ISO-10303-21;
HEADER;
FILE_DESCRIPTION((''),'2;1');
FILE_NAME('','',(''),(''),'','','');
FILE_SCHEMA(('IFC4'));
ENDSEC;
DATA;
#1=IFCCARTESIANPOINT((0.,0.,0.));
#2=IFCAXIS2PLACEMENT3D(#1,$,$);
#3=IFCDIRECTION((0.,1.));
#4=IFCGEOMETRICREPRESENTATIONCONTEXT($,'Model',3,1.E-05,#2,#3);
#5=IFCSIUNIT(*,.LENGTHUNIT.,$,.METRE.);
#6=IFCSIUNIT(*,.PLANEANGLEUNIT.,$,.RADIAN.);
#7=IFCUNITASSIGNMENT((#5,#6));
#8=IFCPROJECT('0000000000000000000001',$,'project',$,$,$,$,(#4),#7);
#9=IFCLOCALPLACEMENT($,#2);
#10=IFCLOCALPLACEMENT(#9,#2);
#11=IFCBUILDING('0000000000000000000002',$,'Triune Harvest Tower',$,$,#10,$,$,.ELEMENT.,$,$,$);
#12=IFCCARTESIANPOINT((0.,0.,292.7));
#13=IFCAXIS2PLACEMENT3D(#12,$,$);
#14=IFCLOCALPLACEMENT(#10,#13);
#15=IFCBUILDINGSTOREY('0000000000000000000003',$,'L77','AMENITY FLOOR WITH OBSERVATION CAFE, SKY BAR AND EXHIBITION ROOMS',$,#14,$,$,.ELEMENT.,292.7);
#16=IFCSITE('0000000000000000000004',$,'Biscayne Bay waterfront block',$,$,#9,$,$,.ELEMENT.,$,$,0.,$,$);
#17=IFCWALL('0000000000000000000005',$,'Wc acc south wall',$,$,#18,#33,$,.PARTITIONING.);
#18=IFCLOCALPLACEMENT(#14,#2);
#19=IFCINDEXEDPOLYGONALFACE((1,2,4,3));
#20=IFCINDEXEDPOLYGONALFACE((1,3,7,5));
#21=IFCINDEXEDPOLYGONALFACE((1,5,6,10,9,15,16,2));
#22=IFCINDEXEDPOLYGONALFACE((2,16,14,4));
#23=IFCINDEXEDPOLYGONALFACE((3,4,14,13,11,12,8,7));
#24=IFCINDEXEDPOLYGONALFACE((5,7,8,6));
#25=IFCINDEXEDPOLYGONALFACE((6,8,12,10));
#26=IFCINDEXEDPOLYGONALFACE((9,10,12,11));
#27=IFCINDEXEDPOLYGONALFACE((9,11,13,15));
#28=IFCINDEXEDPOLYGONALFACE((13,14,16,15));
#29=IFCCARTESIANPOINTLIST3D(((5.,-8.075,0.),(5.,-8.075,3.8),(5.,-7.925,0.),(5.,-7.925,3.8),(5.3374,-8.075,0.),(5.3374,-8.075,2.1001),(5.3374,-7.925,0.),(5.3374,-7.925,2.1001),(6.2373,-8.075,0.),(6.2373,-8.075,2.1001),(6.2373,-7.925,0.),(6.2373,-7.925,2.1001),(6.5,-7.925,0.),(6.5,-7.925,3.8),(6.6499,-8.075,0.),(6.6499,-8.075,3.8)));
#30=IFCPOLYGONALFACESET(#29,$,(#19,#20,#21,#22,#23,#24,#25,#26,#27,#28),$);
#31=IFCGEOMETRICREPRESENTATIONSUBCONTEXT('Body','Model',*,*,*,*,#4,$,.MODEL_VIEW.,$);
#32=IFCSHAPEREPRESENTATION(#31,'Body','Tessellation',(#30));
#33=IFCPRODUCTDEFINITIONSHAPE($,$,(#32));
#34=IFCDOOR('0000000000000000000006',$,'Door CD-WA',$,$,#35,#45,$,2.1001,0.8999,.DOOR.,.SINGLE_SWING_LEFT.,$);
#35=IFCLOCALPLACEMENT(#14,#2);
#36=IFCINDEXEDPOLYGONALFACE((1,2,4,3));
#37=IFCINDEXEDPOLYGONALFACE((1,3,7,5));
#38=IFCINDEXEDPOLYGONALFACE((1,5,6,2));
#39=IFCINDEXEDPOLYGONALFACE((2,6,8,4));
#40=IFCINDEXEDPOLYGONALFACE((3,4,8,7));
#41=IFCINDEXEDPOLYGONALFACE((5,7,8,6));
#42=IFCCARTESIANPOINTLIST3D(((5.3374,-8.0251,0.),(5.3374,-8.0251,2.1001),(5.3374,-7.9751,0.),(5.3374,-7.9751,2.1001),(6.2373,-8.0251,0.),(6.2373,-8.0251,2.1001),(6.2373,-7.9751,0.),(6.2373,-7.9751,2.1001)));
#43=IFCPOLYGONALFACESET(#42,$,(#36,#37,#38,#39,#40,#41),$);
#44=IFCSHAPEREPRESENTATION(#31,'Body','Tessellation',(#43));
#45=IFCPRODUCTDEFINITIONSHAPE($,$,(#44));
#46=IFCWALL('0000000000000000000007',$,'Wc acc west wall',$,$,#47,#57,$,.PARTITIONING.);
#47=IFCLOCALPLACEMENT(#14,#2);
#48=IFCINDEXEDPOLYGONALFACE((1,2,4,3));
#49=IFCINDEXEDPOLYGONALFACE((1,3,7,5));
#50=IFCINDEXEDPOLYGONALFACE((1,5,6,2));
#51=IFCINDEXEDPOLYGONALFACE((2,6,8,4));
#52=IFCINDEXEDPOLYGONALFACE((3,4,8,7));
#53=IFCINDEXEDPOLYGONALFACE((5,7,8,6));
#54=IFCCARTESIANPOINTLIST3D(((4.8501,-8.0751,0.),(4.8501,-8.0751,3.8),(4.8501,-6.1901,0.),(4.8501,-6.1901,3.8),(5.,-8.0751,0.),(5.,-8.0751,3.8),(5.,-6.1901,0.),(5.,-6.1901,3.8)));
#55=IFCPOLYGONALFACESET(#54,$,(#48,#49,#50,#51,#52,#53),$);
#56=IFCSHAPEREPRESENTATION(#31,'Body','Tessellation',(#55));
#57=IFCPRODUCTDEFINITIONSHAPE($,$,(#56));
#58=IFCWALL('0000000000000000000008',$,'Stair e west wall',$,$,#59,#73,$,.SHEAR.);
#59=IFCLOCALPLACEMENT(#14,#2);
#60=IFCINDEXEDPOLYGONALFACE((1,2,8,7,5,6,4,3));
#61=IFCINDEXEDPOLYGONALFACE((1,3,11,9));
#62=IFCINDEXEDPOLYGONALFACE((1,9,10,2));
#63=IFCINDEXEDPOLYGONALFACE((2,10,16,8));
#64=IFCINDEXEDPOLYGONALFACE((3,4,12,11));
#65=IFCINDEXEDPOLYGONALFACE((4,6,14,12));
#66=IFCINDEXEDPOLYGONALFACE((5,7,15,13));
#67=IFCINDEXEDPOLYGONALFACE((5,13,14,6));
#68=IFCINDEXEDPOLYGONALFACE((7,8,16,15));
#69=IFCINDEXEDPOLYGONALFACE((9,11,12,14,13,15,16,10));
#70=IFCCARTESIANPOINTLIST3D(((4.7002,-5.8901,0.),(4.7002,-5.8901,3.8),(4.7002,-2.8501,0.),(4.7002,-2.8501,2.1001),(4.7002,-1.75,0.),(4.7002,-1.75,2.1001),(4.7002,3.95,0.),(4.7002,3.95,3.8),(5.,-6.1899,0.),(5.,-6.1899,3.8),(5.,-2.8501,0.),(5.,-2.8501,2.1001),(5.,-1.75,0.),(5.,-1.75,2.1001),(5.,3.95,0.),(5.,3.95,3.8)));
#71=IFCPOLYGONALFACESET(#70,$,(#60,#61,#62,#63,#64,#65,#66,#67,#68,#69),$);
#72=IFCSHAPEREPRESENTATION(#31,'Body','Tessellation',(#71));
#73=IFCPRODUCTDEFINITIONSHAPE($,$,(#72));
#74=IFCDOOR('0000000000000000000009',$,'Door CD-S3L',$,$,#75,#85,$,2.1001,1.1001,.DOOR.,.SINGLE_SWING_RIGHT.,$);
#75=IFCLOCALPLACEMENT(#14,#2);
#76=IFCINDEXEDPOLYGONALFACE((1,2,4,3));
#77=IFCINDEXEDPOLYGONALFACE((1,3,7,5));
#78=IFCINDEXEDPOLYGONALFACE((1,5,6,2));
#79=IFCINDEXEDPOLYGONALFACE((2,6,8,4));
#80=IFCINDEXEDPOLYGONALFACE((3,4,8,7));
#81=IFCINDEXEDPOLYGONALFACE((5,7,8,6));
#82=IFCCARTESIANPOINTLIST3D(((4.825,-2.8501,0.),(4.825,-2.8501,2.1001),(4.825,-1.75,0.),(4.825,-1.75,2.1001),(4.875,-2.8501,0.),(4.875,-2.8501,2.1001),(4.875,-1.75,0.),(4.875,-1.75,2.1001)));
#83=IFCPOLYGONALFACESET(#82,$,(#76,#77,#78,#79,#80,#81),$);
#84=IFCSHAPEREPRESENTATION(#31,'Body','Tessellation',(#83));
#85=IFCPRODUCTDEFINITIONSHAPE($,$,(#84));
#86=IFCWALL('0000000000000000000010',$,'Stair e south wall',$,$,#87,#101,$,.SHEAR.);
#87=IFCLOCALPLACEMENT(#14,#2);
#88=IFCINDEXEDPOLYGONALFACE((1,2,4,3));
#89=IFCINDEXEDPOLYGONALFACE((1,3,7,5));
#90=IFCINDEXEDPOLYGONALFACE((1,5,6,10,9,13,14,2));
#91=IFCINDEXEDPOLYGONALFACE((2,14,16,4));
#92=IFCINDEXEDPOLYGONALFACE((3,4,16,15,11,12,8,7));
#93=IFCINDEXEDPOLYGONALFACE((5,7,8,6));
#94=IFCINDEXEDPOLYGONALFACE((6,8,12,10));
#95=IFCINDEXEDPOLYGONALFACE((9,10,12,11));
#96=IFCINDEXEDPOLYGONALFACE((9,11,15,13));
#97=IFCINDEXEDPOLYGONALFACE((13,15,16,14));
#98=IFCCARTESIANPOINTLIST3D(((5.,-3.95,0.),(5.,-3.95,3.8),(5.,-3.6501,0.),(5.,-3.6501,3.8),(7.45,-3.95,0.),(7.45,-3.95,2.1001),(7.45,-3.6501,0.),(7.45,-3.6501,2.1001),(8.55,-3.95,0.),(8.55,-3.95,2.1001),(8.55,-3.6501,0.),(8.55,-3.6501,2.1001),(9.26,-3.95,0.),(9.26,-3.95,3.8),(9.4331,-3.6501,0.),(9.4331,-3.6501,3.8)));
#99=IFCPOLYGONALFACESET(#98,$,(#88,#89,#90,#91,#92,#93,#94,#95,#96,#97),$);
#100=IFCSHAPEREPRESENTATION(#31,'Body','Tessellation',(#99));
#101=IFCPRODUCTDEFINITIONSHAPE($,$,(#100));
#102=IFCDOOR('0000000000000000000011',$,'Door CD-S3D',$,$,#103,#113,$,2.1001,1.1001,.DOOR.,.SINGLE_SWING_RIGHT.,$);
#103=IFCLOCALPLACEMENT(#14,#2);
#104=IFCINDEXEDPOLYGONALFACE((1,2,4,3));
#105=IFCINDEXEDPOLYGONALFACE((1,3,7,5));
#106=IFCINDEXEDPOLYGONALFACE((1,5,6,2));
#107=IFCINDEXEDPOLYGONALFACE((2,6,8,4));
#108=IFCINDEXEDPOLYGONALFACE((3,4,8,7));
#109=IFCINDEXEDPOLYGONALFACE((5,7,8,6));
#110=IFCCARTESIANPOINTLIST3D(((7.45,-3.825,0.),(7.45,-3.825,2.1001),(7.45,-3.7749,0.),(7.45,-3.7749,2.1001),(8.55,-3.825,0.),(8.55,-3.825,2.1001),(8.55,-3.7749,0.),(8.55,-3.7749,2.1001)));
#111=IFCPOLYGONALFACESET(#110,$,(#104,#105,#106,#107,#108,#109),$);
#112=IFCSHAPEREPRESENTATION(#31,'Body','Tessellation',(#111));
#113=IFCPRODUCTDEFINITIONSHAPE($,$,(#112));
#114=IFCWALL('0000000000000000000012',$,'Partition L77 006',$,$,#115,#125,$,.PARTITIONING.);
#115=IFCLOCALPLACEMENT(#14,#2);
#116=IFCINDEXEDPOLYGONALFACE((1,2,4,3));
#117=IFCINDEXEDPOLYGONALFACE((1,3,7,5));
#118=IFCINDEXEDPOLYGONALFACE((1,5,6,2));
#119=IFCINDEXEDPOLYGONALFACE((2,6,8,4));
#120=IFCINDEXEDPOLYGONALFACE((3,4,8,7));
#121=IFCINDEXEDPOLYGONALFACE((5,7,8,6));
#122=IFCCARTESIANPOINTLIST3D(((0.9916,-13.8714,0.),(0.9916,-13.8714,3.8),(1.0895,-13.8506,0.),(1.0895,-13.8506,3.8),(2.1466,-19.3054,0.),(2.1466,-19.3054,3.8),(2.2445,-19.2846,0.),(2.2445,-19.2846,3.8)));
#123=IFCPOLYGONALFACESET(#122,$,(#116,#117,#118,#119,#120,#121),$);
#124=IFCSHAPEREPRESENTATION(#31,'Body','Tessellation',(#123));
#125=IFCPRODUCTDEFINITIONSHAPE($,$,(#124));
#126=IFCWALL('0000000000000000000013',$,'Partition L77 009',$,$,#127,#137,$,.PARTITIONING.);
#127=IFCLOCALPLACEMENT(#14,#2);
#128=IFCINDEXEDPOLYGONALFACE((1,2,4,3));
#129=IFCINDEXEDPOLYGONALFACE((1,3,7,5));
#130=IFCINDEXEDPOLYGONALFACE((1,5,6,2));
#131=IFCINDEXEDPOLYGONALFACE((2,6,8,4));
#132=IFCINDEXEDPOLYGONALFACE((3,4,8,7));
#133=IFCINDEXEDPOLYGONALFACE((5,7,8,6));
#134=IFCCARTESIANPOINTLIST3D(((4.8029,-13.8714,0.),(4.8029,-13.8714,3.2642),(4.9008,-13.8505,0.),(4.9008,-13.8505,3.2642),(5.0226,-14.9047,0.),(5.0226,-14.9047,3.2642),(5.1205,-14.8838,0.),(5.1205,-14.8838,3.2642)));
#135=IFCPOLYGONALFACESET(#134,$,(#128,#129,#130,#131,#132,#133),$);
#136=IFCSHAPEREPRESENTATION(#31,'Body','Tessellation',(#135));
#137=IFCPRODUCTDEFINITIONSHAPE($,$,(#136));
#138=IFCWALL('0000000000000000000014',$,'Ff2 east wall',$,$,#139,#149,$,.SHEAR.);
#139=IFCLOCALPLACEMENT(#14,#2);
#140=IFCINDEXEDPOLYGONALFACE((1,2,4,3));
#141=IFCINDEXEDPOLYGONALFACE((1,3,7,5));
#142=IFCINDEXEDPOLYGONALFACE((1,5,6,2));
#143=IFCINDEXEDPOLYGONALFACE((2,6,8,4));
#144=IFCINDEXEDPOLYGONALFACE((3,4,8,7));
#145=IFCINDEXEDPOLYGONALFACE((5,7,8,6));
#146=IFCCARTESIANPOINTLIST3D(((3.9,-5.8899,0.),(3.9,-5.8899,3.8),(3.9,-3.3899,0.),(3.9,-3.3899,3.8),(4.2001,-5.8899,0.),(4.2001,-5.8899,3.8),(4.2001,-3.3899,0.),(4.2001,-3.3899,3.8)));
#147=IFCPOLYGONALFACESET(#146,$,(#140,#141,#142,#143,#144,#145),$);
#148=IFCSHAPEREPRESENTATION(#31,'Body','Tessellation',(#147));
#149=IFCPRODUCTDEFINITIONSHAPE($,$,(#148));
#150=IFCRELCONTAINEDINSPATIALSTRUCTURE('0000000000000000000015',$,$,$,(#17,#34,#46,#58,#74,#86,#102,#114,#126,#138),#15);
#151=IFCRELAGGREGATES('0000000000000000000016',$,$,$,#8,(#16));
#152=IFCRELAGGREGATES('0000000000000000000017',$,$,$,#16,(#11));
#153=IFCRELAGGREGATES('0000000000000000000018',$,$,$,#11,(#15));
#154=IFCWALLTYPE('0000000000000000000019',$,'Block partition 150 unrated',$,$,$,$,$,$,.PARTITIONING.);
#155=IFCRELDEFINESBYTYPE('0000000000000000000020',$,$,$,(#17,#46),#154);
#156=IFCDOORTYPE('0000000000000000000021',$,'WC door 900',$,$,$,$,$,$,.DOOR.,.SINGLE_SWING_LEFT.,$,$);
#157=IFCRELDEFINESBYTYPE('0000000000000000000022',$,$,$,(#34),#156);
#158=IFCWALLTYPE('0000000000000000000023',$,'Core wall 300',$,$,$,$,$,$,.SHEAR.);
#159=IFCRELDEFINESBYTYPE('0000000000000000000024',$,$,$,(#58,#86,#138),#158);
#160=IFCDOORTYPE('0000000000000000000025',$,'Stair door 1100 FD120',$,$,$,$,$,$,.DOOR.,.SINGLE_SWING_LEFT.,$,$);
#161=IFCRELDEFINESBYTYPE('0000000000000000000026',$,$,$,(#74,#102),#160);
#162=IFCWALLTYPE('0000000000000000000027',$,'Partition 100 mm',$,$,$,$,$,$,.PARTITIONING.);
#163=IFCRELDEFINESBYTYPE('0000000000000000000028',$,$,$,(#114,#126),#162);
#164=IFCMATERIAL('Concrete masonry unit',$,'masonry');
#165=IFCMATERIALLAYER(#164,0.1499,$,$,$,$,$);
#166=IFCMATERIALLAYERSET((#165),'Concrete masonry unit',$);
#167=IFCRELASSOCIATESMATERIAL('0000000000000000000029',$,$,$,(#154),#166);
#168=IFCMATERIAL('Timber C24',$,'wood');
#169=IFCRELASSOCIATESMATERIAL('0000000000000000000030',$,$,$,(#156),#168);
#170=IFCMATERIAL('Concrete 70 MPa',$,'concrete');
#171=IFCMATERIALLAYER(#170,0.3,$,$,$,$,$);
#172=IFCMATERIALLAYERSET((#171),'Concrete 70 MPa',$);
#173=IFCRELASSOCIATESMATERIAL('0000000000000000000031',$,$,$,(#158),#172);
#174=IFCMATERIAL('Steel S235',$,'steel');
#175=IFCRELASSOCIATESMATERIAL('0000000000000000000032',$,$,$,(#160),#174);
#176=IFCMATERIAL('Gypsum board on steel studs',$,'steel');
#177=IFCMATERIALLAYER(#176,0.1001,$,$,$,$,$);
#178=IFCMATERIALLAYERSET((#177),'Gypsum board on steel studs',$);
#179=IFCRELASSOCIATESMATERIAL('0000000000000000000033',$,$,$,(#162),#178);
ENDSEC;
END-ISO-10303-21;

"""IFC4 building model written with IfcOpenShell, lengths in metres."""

from ifc_helpers import new_model, si_unit, direction, frame, frame_2d, origin, place, context, subcontext, project, spatial, polyline, rectangle, outline, extrude, source, transform, mapped, material, layer, layer_set, type_object, element, fill, save


model = new_model("IFC4")

# Units and contexts
model_context = context("Model", 3, precision=1e-05, world=origin(), true_north=direction((0.0, 1.0)))
body_context = subcontext(model_context, "Body", "Model", "MODEL_VIEW")
ifc_project = project(units=[si_unit("LENGTHUNIT", "METRE"), si_unit("PLANEANGLEUNIT", "RADIAN")], contexts=[model_context])

# Site, building, storey
site_placement = place(None, origin())
site = spatial("IfcSite", under=ifc_project, at=site_placement, Name="Biscayne Bay waterfront block", CompositionType="ELEMENT", RefElevation=0.0)
building_placement = place(site_placement, origin())
building = spatial("IfcBuilding", under=site, at=building_placement, Name="Triune Harvest Tower", CompositionType="ELEMENT")
storey_placement = place(building_placement, frame((0.0, 0.0, 292.7)))
storey = spatial("IfcBuildingStorey", under=building, at=storey_placement, Name="L77", Description="AMENITY FLOOR WITH OBSERVATION CAFE, SKY BAR AND EXHIBITION ROOMS", CompositionType="ELEMENT", Elevation=292.7)

# Wall, opening, door
ifc_material_1 = material(Name="Concrete masonry unit", Category="masonry")
ifc_layer_1 = layer(ifc_material_1, 0.1499)
ifc_layer_set_1 = layer_set([ifc_layer_1], Name="Concrete masonry unit")
wall_type_1 = type_object("IfcWallType", Name="Block partition 150 unrated", PredefinedType="PARTITIONING", material=ifc_layer_set_1)
wall_1_placement = place(storey_placement, frame((5.0, -8.0, 0.0), z_axis=(0.0, 0.0, 1.0), x_axis=(1.0, 0.0, 0.0)))
wall_1 = element("IfcWall", 1, at=wall_1_placement, inside=storey, type_object=wall_type_1, Name="Wc acc south wall", PredefinedType="PARTITIONING", context=body_context, shape_type="SweptSolid", body=[
    extrude(outline(polyline([(0.0, -0.075), (1.6499, -0.075), (1.5, 0.075), (0.0, 0.075), (0.0, -0.075)])), origin(), (0.0, 0.0, 1.0), 3.8),
])
opening_1_placement = place(wall_1_placement, frame((0.3374, 0.0, 0.0)))
opening_1 = element("IfcOpeningElement", 2, at=opening_1_placement, cuts=wall_1, PredefinedType="OPENING", context=body_context, shape_type="SweptSolid", body=[
    extrude(rectangle(XDim=0.8999, YDim=2.1001, at=frame_2d((0.45, 1.05))), frame((0.0, 0.085, 0.0), z_axis=(0.0, -1.0, 0.0), x_axis=(1.0, 0.0, 0.0)), (0.0, 0.0, 1.0), 0.1699),
])
ifc_material_2 = material(Name="Timber C24", Category="wood")
door_type_1 = type_object("IfcDoorType", Name="WC door 900", OperationType="SINGLE_SWING_LEFT", PredefinedType="DOOR", material=ifc_material_2)
door_1_placement = place(opening_1_placement, origin())
door_1 = element("IfcDoor", 3, at=door_1_placement, inside=storey, type_object=door_type_1, Name="Door CD-WA", OperationType="SINGLE_SWING_LEFT", OverallHeight=2.1001, OverallWidth=0.8999, PredefinedType="DOOR", context=body_context, shape_type="SweptSolid", body=[
    extrude(rectangle(XDim=0.8999, YDim=2.1001, at=frame_2d((0.45, 1.05))), frame((0.0, 0.0249, 0.0), z_axis=(0.0, -1.0, 0.0), x_axis=(1.0, 0.0, 0.0)), (0.0, 0.0, 1.0), 0.05),
])
fill(opening_1, door_1)

# Wall
wall_2_placement = place(storey_placement, frame((4.925, -8.075, 0.0), z_axis=(0.0, 0.0, 1.0), x_axis=(0.0, 1.0, 0.0)))
element("IfcWall", 4, at=wall_2_placement, inside=storey, type_object=wall_type_1, Name="Wc acc west wall", PredefinedType="PARTITIONING", context=body_context, shape_type="SweptSolid", body=[
    extrude(rectangle(XDim=1.885, YDim=0.1499, at=frame_2d((0.9424, 0.0))), origin(), (0.0, 0.0, 1.0), 3.8),
])

# Walls, openings, doors
ifc_material_3 = material(Name="Concrete 70 MPa", Category="concrete")
ifc_layer_2 = layer(ifc_material_3, 0.3)
ifc_layer_set_2 = layer_set([ifc_layer_2], Name="Concrete 70 MPa")
wall_type_2 = type_object("IfcWallType", Name="Core wall 300", PredefinedType="SHEAR", material=ifc_layer_set_2)
wall_3_placement = place(storey_placement, frame((4.8501, -6.04, 0.0), z_axis=(0.0, 0.0, 1.0), x_axis=(0.0, 1.0, 0.0)))
wall_3 = element("IfcWall", 5, at=wall_3_placement, inside=storey, type_object=wall_type_2, Name="Stair e west wall", PredefinedType="SHEAR", context=body_context, shape_type="SweptSolid", body=[
    extrude(outline(polyline([(-0.1499, -0.1499), (9.99, -0.1499), (9.99, 0.1499), (0.1499, 0.1499), (-0.1499, -0.1499)])), origin(), (0.0, 0.0, 1.0), 3.8),
])
opening_2_placement = place(wall_3_placement, frame((3.1899, 0.0, 0.0)))
opening_2 = element("IfcOpeningElement", 6, at=opening_2_placement, cuts=wall_3, PredefinedType="OPENING", context=body_context, shape_type="SweptSolid", body=[
    extrude(rectangle(XDim=1.1001, YDim=2.1001, at=frame_2d((0.55, 1.05))), frame((0.0, 0.1602, 0.0), z_axis=(0.0, -1.0, 0.0), x_axis=(1.0, 0.0, 0.0)), (0.0, 0.0, 1.0), 0.3201),
])
ifc_material_4 = material(Name="Steel S235", Category="steel")
door_type_2 = type_object("IfcDoorType", Name="Stair door 1100 FD120", OperationType="SINGLE_SWING_LEFT", PredefinedType="DOOR", material=ifc_material_4)
door_2_placement = place(opening_2_placement, frame((1.1001, 0.0, 0.0), z_axis=(0.0, 0.0, 1.0), x_axis=(-1.0, 0.0, 0.0)))
door_2 = element("IfcDoor", 7, at=door_2_placement, inside=storey, type_object=door_type_2, Name="Door CD-S3L", OperationType="SINGLE_SWING_RIGHT", OverallHeight=2.1001, OverallWidth=1.1001, PredefinedType="DOOR", context=body_context, shape_type="SweptSolid", body=[
    extrude(rectangle(XDim=1.1001, YDim=2.1001, at=frame_2d((0.55, 1.05))), frame((0.0, 0.0249, 0.0), z_axis=(0.0, -1.0, 0.0), x_axis=(1.0, 0.0, 0.0)), (0.0, 0.0, 1.0), 0.05),
])
fill(opening_2, door_2)
wall_4_placement = place(storey_placement, frame((5.0, -3.8, 0.0), z_axis=(0.0, 0.0, 1.0), x_axis=(1.0, 0.0, 0.0)))
wall_4 = element("IfcWall", 8, at=wall_4_placement, inside=storey, type_object=wall_type_2, Name="Stair e south wall", PredefinedType="SHEAR", context=body_context, shape_type="SweptSolid", body=[
    extrude(outline(polyline([(0.0, -0.1499), (0.0, 0.1499), (4.4331, 0.1499), (4.26, -0.1499), (0.0, -0.1499)])), origin(), (0.0, 0.0, 1.0), 3.8),
])
opening_3_placement = place(wall_4_placement, frame((2.45, 0.0, 0.0)))
opening_3 = element("IfcOpeningElement", 9, at=opening_3_placement, cuts=wall_4, PredefinedType="OPENING", context=body_context, shape_type="SweptSolid", body=[
    extrude(rectangle(XDim=1.1001, YDim=2.1001, at=frame_2d((0.55, 1.05))), frame((0.0, 0.1602, 0.0), z_axis=(0.0, -1.0, 0.0), x_axis=(1.0, 0.0, 0.0)), (0.0, 0.0, 1.0), 0.3201),
])
door_3_placement = place(opening_3_placement, frame((1.1001, 0.0, 0.0), z_axis=(0.0, 0.0, 1.0), x_axis=(-1.0, 0.0, 0.0)))
door_3 = element("IfcDoor", 10, at=door_3_placement, inside=storey, type_object=door_type_2, Name="Door CD-S3D", OperationType="SINGLE_SWING_RIGHT", OverallHeight=2.1001, OverallWidth=1.1001, PredefinedType="DOOR", context=body_context, shape_type="SweptSolid", body=[
    extrude(rectangle(XDim=1.1001, YDim=2.1001, at=frame_2d((0.55, 1.05))), frame((0.0, 0.0249, 0.0), z_axis=(0.0, -1.0, 0.0), x_axis=(1.0, 0.0, 0.0)), (0.0, 0.0, 1.0), 0.05),
])
fill(opening_3, door_3)

# Walls
ifc_material_5 = material(Name="Gypsum board on steel studs", Category="steel")
ifc_layer_3 = layer(ifc_material_5, 0.1001)
ifc_layer_set_3 = layer_set([ifc_layer_3], Name="Gypsum board on steel studs")
wall_type_3 = type_object("IfcWallType", Name="Partition 100 mm", PredefinedType="PARTITIONING", material=ifc_layer_set_3)
wall_5_placement = place(storey_placement, frame((1.0405, -13.8608, 0.0), z_axis=(0.0, 0.0, 1.0), x_axis=(0.207908, -0.978148, 0.0)))
element("IfcWall", 11, at=wall_5_placement, inside=storey, type_object=wall_type_3, Name="Partition L77 006", PredefinedType="PARTITIONING", context=body_context, shape_type="SweptSolid", body=[
    extrude(rectangle(XDim=5.5554, YDim=0.1001, at=frame_2d((2.7778, 0.0))), origin(), (0.0, 0.0, 1.0), 3.8),
])
wall_6_placement = place(storey_placement, frame((4.8518, -13.8608, 0.0), z_axis=(0.0, 0.0, 1.0), x_axis=(0.208014, -0.978126, 0.0)))
element("IfcWall", 12, at=wall_6_placement, inside=storey, type_object=wall_type_3, Name="Partition L77 009", PredefinedType="PARTITIONING", context=body_context, shape_type="SweptSolid", body=[
    extrude(rectangle(XDim=1.0564, YDim=0.1001, at=frame_2d((0.5283, 0.0))), origin(), (0.0, 0.0, 1.0), 3.2642),
])
shared_shape_1 = source(origin(), body_context, "Body", "SweptSolid", [
    extrude(rectangle(XDim=2.5, YDim=0.3, at=frame_2d((1.25, 0.0))), origin(), (0.0, 0.0, 1.0), 3.8),
])
wall_7_placement = place(storey_placement, frame((4.05, -5.8899, 0.0), z_axis=(0.0, 0.0, 1.0), x_axis=(0.0, 1.0, 0.0)))
element("IfcWall", 13, at=wall_7_placement, inside=storey, type_object=wall_type_2, Name="Ff2 east wall", PredefinedType="SHEAR", context=body_context, shape_type="MappedRepresentation", body=[
    mapped(shared_shape_1, transform((0.0, 0.0, 0.0), scale=1.0)),
])

save(model, "model.ifc")
